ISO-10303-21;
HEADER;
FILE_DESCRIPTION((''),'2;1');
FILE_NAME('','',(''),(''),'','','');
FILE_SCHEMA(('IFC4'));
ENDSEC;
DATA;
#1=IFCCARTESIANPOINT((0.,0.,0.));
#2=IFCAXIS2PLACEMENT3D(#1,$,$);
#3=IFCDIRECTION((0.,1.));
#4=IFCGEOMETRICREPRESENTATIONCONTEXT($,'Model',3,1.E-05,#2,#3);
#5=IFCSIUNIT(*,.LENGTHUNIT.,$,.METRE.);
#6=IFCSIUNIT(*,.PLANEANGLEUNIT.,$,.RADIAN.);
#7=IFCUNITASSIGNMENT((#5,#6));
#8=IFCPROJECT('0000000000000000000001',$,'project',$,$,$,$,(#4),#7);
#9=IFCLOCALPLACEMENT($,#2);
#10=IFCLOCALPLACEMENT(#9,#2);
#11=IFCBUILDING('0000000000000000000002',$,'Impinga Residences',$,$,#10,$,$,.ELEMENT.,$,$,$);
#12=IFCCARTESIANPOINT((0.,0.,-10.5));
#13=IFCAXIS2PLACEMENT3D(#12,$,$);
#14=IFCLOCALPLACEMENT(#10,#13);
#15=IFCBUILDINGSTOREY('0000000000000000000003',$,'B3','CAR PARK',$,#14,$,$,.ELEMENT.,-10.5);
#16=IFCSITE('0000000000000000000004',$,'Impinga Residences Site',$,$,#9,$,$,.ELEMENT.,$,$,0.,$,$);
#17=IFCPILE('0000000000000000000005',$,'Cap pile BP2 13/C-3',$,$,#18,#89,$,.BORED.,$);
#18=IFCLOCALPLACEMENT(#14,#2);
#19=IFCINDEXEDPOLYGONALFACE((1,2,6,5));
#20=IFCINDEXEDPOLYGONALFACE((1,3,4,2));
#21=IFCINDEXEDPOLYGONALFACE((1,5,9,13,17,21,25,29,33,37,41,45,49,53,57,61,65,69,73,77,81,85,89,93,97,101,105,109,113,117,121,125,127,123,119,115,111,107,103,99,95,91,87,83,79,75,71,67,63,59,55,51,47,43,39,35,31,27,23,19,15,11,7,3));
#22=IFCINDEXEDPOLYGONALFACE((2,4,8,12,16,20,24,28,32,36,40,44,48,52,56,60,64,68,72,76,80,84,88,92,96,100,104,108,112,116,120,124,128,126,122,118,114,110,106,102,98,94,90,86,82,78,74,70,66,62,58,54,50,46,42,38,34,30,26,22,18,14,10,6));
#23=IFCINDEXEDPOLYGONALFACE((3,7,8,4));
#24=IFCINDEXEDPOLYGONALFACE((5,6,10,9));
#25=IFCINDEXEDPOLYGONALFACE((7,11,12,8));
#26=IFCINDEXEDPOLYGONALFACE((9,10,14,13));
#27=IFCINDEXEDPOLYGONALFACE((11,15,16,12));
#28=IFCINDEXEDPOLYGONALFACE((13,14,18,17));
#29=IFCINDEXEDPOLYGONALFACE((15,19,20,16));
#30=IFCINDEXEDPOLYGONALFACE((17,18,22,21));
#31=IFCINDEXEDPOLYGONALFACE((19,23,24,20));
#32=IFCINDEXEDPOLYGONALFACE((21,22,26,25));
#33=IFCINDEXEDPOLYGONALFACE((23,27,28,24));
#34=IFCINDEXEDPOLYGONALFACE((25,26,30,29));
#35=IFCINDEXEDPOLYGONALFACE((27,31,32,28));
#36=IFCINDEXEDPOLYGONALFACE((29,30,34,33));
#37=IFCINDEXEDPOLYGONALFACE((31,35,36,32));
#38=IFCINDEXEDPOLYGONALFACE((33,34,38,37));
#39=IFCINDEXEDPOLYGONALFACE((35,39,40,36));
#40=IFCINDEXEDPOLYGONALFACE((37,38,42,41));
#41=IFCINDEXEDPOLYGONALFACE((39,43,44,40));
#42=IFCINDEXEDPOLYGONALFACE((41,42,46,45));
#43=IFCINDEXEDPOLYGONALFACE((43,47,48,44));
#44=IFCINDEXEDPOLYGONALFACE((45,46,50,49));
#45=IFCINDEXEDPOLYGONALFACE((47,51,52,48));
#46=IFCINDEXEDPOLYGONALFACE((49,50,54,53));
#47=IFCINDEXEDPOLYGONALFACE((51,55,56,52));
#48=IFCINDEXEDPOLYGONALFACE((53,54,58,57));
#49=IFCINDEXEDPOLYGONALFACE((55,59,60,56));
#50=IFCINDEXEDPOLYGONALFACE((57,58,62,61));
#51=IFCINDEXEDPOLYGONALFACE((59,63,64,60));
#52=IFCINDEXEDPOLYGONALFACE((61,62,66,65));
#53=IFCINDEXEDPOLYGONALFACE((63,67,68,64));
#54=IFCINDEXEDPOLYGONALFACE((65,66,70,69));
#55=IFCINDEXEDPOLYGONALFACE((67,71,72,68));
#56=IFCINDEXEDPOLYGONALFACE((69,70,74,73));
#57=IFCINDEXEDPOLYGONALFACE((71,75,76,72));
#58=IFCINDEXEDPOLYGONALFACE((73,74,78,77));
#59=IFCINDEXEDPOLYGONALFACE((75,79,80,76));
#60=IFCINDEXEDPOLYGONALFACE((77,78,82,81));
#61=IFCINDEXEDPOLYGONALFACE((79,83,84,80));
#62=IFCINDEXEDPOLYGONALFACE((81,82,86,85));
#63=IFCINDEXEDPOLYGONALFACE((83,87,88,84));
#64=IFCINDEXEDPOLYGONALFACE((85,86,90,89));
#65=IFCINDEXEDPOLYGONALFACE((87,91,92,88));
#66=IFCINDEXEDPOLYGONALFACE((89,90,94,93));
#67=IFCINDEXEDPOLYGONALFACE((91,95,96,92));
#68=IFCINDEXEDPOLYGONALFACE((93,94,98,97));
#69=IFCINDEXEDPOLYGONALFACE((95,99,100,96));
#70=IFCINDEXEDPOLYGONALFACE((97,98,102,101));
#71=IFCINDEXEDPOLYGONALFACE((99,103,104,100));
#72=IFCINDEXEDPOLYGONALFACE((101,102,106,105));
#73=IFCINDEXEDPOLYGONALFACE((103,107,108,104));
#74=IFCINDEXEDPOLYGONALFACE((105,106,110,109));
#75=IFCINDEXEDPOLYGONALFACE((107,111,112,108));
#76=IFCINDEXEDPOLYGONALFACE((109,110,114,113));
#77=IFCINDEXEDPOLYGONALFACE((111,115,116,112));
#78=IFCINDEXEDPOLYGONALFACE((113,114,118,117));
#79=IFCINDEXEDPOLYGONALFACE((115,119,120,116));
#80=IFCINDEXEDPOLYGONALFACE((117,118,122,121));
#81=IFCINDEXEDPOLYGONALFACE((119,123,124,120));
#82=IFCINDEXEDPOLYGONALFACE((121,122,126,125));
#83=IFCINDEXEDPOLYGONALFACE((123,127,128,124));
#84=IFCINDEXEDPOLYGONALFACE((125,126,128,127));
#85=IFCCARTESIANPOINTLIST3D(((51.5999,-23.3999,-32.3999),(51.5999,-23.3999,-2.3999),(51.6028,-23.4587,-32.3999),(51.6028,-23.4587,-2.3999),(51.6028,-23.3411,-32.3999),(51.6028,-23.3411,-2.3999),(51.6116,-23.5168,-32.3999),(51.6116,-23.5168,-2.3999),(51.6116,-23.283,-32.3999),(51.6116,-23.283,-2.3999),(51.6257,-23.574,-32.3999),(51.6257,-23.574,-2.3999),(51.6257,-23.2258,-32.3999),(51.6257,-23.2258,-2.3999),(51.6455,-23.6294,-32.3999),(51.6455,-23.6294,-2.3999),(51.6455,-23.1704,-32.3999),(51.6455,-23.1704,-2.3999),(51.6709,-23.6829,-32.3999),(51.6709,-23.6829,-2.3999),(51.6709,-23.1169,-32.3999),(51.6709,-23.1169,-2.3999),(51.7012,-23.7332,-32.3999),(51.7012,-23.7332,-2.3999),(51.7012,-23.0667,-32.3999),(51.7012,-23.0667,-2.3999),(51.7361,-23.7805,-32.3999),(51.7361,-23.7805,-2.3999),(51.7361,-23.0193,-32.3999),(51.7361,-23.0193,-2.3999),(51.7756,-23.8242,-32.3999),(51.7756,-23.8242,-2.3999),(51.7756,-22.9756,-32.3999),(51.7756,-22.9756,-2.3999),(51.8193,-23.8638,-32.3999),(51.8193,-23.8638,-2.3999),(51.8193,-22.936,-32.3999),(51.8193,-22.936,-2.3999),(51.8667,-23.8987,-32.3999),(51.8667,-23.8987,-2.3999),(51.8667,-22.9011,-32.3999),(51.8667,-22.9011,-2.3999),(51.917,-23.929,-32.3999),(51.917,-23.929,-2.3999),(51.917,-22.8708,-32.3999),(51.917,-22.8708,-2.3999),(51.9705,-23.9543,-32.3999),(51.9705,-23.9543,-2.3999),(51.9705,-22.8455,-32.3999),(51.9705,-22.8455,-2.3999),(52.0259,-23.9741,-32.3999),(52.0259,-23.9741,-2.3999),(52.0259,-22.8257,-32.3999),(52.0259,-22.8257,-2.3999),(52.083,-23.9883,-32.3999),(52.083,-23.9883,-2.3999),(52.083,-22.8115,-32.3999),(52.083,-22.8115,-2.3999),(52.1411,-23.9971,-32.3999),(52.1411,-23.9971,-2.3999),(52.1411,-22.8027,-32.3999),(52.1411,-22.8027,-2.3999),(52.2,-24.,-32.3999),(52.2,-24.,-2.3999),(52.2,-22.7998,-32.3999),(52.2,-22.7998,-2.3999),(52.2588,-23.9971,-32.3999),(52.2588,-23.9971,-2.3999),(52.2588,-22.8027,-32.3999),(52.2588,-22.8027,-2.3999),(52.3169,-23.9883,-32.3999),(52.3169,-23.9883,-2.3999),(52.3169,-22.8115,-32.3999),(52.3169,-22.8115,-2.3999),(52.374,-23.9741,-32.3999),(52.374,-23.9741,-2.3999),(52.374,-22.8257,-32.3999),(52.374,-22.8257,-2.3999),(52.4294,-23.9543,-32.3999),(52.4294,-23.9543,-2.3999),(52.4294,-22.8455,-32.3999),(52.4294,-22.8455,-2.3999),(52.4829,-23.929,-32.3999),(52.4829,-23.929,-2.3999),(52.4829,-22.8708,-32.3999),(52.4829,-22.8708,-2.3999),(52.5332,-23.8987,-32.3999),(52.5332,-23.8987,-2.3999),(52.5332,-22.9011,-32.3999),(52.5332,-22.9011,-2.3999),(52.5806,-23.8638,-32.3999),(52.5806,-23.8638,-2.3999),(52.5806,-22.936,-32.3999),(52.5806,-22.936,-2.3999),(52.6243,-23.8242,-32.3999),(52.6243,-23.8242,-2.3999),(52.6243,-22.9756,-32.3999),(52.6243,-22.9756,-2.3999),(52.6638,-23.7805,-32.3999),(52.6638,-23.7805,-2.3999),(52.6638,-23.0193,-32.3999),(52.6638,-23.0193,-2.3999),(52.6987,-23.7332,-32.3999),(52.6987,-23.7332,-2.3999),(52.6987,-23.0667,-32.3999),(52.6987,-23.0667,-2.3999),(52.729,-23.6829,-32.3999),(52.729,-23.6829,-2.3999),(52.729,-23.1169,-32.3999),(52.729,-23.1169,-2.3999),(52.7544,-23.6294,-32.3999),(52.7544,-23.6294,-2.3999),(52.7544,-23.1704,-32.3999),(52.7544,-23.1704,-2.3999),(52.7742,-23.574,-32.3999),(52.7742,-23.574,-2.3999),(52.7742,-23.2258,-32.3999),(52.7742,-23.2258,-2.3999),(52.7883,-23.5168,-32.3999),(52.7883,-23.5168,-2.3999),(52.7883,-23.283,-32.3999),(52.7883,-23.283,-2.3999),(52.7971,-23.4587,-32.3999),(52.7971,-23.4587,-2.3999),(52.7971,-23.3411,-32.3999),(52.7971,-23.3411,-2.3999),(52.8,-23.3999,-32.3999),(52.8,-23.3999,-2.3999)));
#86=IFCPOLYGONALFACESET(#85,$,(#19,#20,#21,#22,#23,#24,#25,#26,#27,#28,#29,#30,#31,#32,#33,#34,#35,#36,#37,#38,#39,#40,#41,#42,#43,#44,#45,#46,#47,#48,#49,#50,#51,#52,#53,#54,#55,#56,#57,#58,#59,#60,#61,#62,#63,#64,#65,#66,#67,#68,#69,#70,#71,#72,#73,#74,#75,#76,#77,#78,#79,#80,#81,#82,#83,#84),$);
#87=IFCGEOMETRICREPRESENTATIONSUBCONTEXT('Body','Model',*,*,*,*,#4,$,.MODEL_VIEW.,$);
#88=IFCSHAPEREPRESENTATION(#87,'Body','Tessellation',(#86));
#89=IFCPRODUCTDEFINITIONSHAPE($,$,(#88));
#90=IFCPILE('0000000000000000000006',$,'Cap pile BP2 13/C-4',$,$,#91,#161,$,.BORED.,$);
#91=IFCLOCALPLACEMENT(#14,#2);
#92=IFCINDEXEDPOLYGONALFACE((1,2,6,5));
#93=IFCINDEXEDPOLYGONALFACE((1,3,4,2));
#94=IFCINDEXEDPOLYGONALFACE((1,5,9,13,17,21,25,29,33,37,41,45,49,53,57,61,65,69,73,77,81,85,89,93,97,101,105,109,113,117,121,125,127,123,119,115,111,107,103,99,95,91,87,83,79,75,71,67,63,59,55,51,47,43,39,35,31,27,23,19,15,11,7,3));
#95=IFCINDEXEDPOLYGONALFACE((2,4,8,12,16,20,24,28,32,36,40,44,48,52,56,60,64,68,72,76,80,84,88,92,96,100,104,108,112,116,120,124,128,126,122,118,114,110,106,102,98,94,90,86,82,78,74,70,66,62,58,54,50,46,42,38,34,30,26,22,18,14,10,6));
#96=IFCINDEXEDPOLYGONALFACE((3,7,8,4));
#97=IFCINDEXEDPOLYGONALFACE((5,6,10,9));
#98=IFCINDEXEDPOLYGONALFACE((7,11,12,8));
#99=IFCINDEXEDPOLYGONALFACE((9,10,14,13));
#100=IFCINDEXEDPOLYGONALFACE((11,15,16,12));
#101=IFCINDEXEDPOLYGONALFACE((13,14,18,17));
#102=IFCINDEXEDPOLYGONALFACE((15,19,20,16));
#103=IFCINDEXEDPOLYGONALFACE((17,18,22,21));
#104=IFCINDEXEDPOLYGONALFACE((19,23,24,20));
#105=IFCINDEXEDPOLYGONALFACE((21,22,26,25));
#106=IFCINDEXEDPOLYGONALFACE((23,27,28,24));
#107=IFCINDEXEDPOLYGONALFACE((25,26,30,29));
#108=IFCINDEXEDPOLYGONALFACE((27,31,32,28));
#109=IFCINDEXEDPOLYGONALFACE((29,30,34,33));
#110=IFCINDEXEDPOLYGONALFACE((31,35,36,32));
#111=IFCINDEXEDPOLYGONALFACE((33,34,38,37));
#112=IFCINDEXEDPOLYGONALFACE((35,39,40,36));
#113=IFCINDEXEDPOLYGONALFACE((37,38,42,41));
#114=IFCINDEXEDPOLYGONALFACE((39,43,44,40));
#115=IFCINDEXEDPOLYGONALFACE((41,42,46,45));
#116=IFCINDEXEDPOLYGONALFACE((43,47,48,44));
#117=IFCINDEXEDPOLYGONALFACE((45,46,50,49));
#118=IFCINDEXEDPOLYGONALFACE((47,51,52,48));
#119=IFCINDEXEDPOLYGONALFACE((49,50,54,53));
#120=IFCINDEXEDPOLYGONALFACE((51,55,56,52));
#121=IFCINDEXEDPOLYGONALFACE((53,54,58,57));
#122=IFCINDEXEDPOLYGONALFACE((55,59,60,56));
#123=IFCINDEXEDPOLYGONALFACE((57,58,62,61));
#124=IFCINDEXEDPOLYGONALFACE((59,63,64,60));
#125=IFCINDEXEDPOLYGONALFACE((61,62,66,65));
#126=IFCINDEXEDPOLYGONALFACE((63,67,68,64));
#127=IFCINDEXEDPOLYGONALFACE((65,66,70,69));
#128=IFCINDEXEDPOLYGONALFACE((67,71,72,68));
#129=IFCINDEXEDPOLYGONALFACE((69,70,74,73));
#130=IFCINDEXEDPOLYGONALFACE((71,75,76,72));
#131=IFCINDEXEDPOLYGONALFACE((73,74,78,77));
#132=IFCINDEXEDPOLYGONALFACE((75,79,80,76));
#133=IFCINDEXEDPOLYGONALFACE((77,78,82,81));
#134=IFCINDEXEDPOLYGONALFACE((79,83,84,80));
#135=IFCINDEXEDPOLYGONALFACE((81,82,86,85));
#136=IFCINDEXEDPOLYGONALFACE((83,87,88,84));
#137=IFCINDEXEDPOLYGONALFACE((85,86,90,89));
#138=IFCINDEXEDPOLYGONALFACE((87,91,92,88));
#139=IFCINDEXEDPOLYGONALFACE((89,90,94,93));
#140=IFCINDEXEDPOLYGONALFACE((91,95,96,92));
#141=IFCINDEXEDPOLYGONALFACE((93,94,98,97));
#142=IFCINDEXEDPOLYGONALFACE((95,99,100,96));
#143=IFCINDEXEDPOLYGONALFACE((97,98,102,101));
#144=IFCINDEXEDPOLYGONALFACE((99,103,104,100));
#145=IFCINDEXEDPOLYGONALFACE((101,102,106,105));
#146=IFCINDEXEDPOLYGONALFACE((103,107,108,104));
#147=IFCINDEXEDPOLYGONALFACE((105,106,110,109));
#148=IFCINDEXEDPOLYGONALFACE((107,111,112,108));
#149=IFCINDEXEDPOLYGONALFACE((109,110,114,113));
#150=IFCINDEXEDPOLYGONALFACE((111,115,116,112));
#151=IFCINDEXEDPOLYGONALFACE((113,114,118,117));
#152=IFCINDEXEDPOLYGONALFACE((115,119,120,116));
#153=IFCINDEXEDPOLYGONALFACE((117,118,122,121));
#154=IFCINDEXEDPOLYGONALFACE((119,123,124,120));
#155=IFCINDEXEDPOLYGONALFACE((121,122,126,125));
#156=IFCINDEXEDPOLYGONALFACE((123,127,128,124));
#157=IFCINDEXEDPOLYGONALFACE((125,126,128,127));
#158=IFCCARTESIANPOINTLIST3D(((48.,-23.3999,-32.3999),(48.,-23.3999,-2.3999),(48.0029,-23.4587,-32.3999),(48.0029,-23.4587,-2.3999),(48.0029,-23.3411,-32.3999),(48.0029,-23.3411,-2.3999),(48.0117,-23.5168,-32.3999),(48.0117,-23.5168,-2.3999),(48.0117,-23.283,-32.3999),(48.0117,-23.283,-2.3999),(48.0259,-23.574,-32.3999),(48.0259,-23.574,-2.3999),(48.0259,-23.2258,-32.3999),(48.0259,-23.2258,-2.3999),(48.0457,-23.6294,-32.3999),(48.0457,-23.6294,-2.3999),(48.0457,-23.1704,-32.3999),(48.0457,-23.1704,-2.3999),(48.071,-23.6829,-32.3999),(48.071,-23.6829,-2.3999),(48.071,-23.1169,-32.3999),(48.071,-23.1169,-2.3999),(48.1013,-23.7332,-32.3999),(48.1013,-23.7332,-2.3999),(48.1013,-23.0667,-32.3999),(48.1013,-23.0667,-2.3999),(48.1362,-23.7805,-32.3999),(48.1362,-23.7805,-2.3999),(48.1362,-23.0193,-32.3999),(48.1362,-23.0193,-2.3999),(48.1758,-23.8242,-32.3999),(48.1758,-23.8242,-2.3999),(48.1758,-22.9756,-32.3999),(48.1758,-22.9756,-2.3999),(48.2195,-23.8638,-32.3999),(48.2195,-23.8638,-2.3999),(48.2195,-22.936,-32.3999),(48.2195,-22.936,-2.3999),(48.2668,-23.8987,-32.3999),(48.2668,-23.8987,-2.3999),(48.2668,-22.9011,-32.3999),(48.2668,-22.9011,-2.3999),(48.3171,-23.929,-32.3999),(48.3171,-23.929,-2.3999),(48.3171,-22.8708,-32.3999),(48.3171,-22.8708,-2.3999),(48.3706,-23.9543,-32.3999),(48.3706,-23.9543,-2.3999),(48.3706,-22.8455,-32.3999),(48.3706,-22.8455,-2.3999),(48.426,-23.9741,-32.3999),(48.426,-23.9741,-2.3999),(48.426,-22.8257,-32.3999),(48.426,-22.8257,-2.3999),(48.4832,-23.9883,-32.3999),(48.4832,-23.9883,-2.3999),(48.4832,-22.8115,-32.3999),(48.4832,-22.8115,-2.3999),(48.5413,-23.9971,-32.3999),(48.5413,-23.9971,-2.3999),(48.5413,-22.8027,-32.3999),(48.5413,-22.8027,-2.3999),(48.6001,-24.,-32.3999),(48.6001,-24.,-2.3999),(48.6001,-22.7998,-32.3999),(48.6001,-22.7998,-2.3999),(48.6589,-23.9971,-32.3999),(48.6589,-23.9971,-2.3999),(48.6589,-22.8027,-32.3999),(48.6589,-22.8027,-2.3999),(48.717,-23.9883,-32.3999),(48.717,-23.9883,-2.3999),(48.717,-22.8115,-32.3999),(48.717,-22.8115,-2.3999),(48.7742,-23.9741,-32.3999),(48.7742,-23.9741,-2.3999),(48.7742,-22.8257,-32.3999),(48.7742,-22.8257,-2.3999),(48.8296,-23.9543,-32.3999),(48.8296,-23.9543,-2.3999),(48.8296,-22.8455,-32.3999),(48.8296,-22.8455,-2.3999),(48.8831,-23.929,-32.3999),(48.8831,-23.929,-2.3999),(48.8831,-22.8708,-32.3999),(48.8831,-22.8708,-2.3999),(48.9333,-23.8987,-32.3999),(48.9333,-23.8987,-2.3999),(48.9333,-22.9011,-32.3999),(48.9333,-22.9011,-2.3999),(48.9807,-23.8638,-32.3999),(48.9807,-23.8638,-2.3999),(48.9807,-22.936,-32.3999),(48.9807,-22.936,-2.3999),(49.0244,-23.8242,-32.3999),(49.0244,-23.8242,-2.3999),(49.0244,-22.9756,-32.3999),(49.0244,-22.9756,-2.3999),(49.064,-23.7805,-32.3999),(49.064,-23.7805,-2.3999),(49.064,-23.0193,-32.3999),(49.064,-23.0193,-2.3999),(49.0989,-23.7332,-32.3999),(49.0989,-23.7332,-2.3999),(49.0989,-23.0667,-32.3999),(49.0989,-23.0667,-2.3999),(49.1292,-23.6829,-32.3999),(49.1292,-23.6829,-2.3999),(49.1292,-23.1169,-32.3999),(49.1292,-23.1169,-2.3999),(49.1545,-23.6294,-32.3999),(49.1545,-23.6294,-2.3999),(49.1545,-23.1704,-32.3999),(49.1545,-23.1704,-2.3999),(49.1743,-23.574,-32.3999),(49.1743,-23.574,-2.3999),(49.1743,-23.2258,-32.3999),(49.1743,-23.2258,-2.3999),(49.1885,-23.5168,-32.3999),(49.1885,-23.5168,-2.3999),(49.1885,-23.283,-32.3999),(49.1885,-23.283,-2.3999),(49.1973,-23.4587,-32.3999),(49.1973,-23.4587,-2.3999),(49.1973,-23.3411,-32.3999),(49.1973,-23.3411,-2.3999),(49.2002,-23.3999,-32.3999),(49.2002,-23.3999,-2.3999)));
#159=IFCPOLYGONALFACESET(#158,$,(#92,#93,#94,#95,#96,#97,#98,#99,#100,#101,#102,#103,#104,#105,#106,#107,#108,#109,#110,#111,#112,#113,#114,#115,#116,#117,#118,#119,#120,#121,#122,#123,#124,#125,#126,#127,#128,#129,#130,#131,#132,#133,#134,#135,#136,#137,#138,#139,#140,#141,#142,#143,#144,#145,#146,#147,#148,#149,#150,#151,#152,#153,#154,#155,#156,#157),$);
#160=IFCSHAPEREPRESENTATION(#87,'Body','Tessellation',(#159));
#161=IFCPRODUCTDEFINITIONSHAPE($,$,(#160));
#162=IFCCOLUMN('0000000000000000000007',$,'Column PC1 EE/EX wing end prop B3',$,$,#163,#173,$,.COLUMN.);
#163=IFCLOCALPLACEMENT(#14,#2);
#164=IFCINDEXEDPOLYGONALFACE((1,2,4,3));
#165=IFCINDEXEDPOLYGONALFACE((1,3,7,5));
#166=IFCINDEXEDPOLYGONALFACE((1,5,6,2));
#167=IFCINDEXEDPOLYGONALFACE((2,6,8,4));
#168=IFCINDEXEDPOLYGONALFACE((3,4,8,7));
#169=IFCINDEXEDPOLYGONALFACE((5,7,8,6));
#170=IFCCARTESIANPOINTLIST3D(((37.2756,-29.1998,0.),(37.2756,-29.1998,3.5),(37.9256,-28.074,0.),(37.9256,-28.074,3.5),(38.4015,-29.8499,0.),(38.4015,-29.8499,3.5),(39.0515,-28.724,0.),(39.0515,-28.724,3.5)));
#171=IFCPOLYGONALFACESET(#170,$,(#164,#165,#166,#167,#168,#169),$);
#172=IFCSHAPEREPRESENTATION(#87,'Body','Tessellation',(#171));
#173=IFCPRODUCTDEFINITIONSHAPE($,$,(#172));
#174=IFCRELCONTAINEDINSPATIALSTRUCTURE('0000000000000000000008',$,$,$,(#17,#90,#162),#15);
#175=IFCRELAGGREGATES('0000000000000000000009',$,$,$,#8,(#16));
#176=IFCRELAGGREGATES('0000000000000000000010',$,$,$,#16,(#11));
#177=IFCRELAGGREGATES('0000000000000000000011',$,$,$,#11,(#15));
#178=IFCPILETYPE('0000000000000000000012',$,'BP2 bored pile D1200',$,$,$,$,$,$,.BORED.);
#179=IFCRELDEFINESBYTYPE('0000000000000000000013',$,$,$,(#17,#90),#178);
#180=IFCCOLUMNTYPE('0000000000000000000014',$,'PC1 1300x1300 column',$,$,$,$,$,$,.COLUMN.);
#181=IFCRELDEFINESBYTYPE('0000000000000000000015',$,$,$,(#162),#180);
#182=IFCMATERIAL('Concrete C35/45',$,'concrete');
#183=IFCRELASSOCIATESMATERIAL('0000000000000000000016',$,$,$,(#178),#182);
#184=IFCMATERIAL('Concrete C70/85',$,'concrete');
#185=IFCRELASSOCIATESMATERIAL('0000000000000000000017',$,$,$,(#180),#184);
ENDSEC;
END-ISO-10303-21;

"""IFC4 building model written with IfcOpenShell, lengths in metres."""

from ifc_helpers import new_model, si_unit, direction, frame, origin, origin_2d, place, context, subcontext, project, spatial, polyline, rectangle, circle, outline, extrude, material, material_profile, profile_set, type_object, element, save


model = new_model("IFC4")

# Units and contexts
model_context = context("Model", 3, precision=1e-05, world=origin(), true_north=direction((0.0, 1.0)))
body_context = subcontext(model_context, "Body", "Model", "MODEL_VIEW")
ifc_project = project(units=[si_unit("LENGTHUNIT", "METRE"), si_unit("PLANEANGLEUNIT", "RADIAN")], contexts=[model_context])

# Site, building, storey
site_placement = place(None, origin())
site = spatial("IfcSite", under=ifc_project, at=site_placement, Name="Impinga Residences Site", CompositionType="ELEMENT", RefElevation=0.0)
building_placement = place(site_placement, origin())
building = spatial("IfcBuilding", under=site, at=building_placement, Name="Impinga Residences", CompositionType="ELEMENT")
storey_placement = place(building_placement, frame((0.0, 0.0, -10.5)))
storey = spatial("IfcBuildingStorey", under=building, at=storey_placement, Name="B3", Description="CAR PARK", CompositionType="ELEMENT", Elevation=-10.5)

# Piles
ifc_material_1 = material(Name="Concrete C35/45", Category="concrete")
ifc_material_profile_1 = material_profile(ifc_material_1, circle(Radius=0.6001, at=origin_2d()), Name="D1200")
ifc_profile_set_1 = profile_set([ifc_material_profile_1], Name="Concrete C35/45")
pile_type_1 = type_object("IfcPileType", Name="BP2 bored pile D1200", PredefinedType="BORED", material=ifc_profile_set_1)
pile_1_placement = place(storey_placement, frame((52.2, -23.3999, -2.3999), z_axis=(0.0, 0.0, -1.0), x_axis=(1.0, 0.0, 0.0)))
element("IfcPile", 1, at=pile_1_placement, inside=storey, type_object=pile_type_1, Name="Cap pile BP2 13/C-3", PredefinedType="BORED", context=body_context, shape_type="SweptSolid", body=[
    extrude(outline(polyline([(0.6001, 0.0), (0.5972, 0.0588), (0.5884, 0.1169), (0.5742, 0.1741), (0.5544, 0.2295), (0.5291, 0.283), (0.4988, 0.3333), (0.4639, 0.3806), (0.4243, 0.4243), (0.3806, 0.4639), (0.3333, 0.4988), (0.283, 0.5291), (0.2295, 0.5544), (0.1741, 0.5742), (0.1169, 0.5884), (0.0588, 0.5972), (0.0, 0.6001), (-0.0588, 0.5972), (-0.1169, 0.5884), (-0.1741, 0.5742), (-0.2295, 0.5544), (-0.283, 0.5291), (-0.3333, 0.4988), (-0.3806, 0.4639), (-0.4243, 0.4243), (-0.4639, 0.3806), (-0.4988, 0.3333), (-0.5291, 0.283), (-0.5544, 0.2295), (-0.5742, 0.1741), (-0.5884, 0.1169), (-0.5972, 0.0588), (-0.6001, 0.0), (-0.5972, -0.0588), (-0.5884, -0.1169), (-0.5742, -0.1741), (-0.5544, -0.2295), (-0.5291, -0.283), (-0.4988, -0.3333), (-0.4639, -0.3806), (-0.4243, -0.4243), (-0.3806, -0.4639), (-0.3333, -0.4988), (-0.283, -0.5291), (-0.2295, -0.5544), (-0.1741, -0.5742), (-0.1169, -0.5884), (-0.0588, -0.5972), (0.0, -0.6001), (0.0588, -0.5972), (0.1169, -0.5884), (0.1741, -0.5742), (0.2295, -0.5544), (0.283, -0.5291), (0.3333, -0.4988), (0.3806, -0.4639), (0.4243, -0.4243), (0.4639, -0.3806), (0.4988, -0.3333), (0.5291, -0.283), (0.5544, -0.2295), (0.5742, -0.1741), (0.5884, -0.1169), (0.5972, -0.0588), (0.6001, 0.0)])), origin(), (0.0, 0.0, 1.0), 30.0),
])
pile_2_placement = place(storey_placement, frame((48.6001, -23.3999, -2.3999), z_axis=(0.0, 0.0, -1.0), x_axis=(1.0, 0.0, 0.0)))
element("IfcPile", 2, at=pile_2_placement, inside=storey, type_object=pile_type_1, Name="Cap pile BP2 13/C-4", PredefinedType="BORED", context=body_context, shape_type="SweptSolid", body=[
    extrude(outline(polyline([(0.6001, 0.0), (0.5972, 0.0588), (0.5884, 0.1169), (0.5742, 0.1741), (0.5544, 0.2295), (0.5291, 0.283), (0.4988, 0.3333), (0.4639, 0.3806), (0.4243, 0.4243), (0.3806, 0.4639), (0.3333, 0.4988), (0.283, 0.5291), (0.2295, 0.5544), (0.1741, 0.5742), (0.1169, 0.5884), (0.0588, 0.5972), (0.0, 0.6001), (-0.0588, 0.5972), (-0.1169, 0.5884), (-0.1741, 0.5742), (-0.2295, 0.5544), (-0.283, 0.5291), (-0.3333, 0.4988), (-0.3806, 0.4639), (-0.4243, 0.4243), (-0.4639, 0.3806), (-0.4988, 0.3333), (-0.5291, 0.283), (-0.5544, 0.2295), (-0.5742, 0.1741), (-0.5884, 0.1169), (-0.5972, 0.0588), (-0.6001, 0.0), (-0.5972, -0.0588), (-0.5884, -0.1169), (-0.5742, -0.1741), (-0.5544, -0.2295), (-0.5291, -0.283), (-0.4988, -0.3333), (-0.4639, -0.3806), (-0.4243, -0.4243), (-0.3806, -0.4639), (-0.3333, -0.4988), (-0.283, -0.5291), (-0.2295, -0.5544), (-0.1741, -0.5742), (-0.1169, -0.5884), (-0.0588, -0.5972), (0.0, -0.6001), (0.0588, -0.5972), (0.1169, -0.5884), (0.1741, -0.5742), (0.2295, -0.5544), (0.283, -0.5291), (0.3333, -0.4988), (0.3806, -0.4639), (0.4243, -0.4243), (0.4639, -0.3806), (0.4988, -0.3333), (0.5291, -0.283), (0.5544, -0.2295), (0.5742, -0.1741), (0.5884, -0.1169), (0.5972, -0.0588), (0.6001, 0.0)])), origin(), (0.0, 0.0, 1.0), 30.0),
])

# Column
ifc_material_2 = material(Name="Concrete C70/85", Category="concrete")
ifc_material_profile_2 = material_profile(ifc_material_2, rectangle(XDim=1.3, YDim=1.3, at=origin_2d()), Name="RC 1300x1300")
ifc_profile_set_2 = profile_set([ifc_material_profile_2], Name="Concrete C70/85")
column_type = type_object("IfcColumnType", Name="PC1 1300x1300 column", PredefinedType="COLUMN", material=ifc_profile_set_2)
for number, where, z_axis, x_axis, name in (
    (3, (38.1636, -28.9619, 0.0), (0.0, 0.0, 1.0), (-0.5, -0.866025, 0.0), "Column PC1 EE/EX wing end prop B3"),
):
    element("IfcColumn", number, at=place(storey_placement, frame(where, z_axis=z_axis, x_axis=x_axis)), inside=storey, type_object=column_type, Name=name, PredefinedType="COLUMN", context=body_context, shape_type="SweptSolid", body=[
        extrude(rectangle(XDim=1.3, YDim=1.3, at=origin_2d()), origin(), (0.0, 0.0, 1.0), 3.5),
    ])

save(model, "model.ifc")
